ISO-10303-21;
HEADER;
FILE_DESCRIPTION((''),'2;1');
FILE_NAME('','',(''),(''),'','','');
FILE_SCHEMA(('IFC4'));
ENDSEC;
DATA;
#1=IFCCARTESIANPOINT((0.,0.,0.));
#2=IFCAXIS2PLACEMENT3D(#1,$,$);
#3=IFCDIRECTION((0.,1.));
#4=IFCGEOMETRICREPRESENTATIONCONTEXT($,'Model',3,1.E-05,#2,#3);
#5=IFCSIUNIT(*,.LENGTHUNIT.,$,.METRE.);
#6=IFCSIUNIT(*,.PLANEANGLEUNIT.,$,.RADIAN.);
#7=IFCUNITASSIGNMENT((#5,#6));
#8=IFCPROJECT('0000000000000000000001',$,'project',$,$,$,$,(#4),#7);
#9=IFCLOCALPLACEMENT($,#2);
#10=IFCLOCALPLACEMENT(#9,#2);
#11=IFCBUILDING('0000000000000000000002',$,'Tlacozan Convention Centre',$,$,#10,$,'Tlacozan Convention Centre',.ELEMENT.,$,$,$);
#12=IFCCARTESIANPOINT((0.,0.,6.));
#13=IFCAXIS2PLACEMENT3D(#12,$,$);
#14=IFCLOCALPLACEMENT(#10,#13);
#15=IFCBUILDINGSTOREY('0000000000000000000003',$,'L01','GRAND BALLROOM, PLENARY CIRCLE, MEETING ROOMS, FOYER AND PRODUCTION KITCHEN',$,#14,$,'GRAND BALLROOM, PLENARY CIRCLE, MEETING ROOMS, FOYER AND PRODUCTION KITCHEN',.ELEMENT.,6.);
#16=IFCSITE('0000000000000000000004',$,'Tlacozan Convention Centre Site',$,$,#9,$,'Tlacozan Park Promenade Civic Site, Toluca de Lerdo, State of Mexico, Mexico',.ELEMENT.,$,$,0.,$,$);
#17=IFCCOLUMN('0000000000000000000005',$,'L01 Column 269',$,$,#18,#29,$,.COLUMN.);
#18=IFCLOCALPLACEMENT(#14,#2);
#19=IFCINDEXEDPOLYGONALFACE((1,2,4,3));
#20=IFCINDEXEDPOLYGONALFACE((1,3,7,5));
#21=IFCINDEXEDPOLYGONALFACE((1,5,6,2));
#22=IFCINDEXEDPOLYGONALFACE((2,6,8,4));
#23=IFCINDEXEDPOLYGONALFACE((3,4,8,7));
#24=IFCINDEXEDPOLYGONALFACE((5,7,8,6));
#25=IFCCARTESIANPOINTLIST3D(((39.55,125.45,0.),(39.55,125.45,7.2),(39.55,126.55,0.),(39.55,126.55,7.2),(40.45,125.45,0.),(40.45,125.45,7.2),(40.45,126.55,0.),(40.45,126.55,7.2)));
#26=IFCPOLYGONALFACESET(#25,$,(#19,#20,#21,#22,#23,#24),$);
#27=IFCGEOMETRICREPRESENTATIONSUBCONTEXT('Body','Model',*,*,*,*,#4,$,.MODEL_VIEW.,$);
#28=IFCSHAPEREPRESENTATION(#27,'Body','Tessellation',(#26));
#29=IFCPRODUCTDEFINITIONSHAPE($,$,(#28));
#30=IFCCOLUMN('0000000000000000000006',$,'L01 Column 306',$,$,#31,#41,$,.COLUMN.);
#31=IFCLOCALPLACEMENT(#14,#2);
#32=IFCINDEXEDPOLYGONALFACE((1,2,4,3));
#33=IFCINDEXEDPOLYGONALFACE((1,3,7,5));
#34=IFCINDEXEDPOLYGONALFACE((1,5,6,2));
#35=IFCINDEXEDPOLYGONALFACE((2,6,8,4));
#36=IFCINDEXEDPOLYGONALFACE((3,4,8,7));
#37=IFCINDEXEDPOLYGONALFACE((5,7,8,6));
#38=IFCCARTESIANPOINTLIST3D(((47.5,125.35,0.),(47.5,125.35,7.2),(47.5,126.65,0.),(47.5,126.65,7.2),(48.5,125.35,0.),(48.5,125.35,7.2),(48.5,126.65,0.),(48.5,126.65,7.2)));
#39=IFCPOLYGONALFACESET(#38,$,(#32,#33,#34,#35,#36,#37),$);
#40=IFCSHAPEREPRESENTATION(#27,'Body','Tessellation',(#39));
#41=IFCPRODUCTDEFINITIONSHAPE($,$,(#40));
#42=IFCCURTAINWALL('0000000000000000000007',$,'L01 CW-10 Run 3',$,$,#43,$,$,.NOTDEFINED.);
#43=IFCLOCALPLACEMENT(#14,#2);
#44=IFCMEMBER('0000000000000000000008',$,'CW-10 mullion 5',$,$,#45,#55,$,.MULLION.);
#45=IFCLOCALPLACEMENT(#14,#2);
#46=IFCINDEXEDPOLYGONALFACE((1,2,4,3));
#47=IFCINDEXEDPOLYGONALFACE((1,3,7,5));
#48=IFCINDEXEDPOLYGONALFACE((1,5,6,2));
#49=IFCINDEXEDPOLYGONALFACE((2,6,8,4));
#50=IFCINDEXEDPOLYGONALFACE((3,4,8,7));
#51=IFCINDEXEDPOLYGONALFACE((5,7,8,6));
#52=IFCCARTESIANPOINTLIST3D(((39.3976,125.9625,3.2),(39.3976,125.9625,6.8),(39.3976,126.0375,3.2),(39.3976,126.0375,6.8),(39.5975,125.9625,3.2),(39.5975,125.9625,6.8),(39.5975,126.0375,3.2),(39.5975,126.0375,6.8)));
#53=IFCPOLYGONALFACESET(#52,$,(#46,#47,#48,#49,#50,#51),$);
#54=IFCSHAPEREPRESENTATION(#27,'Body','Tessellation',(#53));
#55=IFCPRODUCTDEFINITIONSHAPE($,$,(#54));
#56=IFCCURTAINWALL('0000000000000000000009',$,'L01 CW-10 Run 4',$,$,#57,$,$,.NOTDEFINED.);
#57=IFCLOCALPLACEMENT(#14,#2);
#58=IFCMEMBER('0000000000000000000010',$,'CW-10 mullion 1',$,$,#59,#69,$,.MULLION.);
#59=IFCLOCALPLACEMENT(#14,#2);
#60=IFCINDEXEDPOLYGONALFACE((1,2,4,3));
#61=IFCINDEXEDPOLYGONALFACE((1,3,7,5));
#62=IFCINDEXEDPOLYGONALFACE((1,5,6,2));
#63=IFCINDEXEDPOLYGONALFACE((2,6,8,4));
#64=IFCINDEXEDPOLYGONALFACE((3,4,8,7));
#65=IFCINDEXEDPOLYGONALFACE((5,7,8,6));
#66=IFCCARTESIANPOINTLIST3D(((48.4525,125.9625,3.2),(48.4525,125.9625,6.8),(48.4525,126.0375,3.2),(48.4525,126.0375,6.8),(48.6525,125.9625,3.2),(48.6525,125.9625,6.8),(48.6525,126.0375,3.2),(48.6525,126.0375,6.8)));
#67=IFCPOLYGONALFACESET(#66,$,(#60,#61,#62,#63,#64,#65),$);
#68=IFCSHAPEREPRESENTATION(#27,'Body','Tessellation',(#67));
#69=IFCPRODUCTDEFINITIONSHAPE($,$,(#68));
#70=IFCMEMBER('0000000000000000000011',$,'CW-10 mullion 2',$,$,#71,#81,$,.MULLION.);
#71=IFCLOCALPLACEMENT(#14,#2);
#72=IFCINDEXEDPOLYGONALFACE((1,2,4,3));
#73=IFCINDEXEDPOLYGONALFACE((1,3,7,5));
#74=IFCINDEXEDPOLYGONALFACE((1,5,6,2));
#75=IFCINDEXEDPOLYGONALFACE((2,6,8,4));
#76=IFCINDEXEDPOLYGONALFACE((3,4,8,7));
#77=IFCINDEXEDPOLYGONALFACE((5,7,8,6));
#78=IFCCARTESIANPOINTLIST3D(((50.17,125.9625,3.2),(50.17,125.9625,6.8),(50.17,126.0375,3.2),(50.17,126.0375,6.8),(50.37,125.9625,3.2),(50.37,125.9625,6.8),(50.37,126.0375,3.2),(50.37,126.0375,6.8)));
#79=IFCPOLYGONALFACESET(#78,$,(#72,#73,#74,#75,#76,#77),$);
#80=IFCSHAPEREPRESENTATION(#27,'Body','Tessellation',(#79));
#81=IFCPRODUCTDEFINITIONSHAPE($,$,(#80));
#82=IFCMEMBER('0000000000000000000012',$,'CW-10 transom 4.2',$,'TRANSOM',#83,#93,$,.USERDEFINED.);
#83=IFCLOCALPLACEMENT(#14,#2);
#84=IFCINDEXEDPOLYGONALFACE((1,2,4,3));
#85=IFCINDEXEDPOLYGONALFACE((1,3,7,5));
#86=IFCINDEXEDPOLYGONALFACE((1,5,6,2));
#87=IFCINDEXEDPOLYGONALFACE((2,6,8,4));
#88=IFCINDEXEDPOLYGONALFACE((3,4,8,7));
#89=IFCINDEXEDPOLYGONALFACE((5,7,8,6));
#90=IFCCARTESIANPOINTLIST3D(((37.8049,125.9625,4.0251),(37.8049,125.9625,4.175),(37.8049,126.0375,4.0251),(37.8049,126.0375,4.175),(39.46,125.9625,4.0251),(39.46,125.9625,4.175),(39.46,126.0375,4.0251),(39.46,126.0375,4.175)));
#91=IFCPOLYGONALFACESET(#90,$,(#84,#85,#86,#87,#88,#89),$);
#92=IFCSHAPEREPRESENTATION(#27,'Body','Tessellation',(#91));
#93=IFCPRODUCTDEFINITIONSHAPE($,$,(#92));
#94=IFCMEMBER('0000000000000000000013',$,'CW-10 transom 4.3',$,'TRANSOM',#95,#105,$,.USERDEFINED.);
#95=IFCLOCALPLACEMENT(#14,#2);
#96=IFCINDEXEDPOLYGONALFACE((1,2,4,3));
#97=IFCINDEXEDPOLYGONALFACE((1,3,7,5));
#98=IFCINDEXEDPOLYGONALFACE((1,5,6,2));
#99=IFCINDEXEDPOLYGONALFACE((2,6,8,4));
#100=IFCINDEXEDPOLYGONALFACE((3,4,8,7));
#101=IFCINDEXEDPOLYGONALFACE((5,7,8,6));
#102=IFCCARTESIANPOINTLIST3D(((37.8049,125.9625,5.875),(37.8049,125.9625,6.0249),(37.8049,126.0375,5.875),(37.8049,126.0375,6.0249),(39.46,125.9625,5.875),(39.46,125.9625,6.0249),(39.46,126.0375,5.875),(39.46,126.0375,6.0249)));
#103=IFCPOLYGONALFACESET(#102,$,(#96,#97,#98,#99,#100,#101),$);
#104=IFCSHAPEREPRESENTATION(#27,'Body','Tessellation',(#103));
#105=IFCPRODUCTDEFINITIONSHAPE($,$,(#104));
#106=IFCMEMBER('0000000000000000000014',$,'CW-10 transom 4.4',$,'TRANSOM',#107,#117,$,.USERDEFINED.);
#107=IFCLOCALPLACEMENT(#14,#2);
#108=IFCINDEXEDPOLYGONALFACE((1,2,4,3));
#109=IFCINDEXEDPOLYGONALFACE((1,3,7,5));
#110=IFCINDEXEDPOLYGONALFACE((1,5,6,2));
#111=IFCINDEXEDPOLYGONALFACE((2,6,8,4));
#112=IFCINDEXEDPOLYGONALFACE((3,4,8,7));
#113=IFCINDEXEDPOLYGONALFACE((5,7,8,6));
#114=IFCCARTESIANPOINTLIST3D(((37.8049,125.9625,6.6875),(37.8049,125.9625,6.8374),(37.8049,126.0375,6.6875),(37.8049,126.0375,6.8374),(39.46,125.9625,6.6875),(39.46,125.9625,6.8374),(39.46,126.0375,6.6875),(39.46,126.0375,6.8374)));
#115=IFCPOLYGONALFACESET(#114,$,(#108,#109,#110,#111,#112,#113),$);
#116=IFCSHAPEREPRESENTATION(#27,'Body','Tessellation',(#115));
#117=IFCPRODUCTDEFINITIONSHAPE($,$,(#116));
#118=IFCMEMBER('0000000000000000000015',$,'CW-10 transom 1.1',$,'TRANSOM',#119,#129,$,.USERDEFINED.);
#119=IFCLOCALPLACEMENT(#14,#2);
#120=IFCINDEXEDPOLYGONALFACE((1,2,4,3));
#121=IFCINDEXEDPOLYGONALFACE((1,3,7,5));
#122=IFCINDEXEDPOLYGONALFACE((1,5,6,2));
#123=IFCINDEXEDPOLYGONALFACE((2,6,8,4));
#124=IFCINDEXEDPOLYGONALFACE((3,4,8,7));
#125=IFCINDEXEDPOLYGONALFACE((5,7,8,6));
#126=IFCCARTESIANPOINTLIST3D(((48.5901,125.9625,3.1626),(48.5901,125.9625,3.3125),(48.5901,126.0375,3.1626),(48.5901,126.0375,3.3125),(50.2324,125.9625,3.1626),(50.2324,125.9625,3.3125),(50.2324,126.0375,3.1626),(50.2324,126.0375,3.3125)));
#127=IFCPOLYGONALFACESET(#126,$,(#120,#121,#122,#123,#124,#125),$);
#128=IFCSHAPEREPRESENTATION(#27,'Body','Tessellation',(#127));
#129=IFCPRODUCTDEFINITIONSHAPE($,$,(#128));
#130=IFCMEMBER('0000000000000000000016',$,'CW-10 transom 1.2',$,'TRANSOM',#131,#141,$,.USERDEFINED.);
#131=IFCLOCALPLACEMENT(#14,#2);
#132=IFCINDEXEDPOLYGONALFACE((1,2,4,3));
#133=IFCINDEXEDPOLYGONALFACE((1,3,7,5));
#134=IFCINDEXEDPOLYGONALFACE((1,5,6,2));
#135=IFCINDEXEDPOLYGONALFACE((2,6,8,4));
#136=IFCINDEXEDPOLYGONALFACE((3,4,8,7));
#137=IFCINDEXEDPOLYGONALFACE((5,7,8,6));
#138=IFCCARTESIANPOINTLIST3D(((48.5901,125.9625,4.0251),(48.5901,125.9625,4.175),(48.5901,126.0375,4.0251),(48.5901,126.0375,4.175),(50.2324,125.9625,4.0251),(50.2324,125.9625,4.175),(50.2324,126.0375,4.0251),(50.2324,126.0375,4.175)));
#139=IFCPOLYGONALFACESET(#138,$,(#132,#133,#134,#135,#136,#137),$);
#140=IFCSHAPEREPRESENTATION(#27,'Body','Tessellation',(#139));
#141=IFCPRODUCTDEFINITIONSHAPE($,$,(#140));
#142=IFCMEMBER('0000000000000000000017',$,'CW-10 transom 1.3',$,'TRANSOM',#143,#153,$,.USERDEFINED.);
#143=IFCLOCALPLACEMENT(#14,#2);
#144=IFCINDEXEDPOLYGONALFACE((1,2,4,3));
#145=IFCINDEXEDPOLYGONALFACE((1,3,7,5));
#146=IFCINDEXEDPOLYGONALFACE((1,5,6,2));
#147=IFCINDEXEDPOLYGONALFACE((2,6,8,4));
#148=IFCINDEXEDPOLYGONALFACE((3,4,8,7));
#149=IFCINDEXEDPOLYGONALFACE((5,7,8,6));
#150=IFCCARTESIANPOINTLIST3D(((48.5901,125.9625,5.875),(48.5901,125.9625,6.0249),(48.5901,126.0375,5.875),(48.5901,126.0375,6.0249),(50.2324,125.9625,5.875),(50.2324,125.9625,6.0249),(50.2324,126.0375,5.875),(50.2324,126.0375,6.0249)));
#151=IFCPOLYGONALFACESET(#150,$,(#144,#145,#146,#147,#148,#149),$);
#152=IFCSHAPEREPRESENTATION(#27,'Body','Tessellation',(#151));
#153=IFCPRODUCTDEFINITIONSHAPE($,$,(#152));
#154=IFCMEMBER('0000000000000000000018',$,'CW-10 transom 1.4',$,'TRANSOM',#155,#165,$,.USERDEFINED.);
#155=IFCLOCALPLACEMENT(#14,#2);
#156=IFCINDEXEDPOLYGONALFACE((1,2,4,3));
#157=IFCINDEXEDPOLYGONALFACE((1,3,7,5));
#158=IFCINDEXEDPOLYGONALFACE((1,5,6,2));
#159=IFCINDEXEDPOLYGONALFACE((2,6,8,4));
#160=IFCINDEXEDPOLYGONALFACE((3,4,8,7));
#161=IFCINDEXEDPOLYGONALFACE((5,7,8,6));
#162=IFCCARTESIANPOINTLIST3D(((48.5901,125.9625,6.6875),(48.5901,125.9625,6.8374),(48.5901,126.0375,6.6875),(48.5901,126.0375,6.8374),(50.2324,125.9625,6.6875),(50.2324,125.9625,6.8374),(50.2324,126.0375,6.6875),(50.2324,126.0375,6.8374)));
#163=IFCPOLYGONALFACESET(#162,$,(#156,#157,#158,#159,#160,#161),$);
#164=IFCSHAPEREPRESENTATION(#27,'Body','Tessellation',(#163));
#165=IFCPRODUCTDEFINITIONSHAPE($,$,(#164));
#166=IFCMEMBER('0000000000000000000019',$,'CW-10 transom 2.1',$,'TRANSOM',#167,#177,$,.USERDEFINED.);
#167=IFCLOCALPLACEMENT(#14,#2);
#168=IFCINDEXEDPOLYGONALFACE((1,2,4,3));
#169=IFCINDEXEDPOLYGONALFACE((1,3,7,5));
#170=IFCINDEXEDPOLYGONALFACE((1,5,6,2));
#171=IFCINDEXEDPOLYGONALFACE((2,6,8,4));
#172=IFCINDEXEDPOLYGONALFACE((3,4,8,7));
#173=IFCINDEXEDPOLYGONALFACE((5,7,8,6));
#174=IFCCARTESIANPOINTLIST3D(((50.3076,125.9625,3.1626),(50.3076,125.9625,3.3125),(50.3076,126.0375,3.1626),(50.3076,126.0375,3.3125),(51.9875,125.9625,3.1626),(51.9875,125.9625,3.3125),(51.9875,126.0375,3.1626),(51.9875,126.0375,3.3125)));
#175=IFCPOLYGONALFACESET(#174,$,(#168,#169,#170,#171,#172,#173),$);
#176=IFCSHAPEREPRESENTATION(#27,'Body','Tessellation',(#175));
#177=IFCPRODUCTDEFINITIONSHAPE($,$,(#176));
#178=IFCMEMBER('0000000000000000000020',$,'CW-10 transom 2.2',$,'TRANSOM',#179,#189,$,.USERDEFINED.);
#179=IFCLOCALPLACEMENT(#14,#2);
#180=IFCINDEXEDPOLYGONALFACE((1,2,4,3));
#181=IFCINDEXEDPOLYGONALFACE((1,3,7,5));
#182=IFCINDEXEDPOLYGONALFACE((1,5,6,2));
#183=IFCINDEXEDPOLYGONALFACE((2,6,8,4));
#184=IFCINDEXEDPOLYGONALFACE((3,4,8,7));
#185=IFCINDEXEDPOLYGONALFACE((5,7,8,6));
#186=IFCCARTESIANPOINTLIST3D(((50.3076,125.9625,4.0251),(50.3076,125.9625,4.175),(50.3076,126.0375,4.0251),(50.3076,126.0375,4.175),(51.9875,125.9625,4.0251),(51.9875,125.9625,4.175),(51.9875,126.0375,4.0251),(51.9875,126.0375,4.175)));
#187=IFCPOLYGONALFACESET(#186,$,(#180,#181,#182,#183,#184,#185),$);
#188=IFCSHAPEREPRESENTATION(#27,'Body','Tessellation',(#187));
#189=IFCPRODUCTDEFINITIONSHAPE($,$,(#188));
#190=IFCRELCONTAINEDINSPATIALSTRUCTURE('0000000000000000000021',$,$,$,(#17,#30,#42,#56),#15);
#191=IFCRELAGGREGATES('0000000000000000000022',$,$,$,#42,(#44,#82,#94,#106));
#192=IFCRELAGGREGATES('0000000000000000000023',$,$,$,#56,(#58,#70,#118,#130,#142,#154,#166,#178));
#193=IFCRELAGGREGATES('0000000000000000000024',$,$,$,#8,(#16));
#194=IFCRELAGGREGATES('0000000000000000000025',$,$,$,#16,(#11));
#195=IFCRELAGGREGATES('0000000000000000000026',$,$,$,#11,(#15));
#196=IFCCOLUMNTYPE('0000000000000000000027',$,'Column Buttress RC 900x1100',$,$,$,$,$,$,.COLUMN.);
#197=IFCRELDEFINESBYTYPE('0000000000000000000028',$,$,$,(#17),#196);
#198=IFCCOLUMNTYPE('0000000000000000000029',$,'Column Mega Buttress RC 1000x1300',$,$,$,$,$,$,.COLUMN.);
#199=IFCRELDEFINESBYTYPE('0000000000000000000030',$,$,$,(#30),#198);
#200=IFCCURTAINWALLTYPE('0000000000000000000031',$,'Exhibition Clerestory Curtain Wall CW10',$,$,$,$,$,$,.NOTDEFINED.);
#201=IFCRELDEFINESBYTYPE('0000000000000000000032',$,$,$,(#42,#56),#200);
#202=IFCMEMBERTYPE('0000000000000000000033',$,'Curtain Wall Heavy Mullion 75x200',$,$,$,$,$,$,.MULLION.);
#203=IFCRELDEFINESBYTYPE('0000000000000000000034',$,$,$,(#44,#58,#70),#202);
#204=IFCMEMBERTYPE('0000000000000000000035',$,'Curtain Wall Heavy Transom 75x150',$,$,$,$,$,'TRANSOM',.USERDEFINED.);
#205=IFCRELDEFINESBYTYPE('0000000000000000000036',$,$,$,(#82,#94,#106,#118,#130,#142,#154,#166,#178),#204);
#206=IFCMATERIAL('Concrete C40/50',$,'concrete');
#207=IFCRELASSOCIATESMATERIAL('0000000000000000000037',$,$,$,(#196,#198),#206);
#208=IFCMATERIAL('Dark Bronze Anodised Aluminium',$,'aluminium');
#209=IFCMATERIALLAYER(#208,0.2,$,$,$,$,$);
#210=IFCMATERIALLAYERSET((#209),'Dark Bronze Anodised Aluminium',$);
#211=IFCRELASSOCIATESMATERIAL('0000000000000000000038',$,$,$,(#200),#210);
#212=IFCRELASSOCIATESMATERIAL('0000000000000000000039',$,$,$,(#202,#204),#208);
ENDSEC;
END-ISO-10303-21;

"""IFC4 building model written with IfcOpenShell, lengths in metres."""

from ifc_helpers import new_model, si_unit, direction, frame, origin, origin_2d, place, context, subcontext, project, spatial, rectangle, extrude, material, layer, layer_set, material_profile, profile_set, type_object, element, aggregate, save


model = new_model("IFC4")

# Units and contexts
model_context = context("Model", 3, precision=1e-05, world=origin(), true_north=direction((0.0, 1.0)))
body_context = subcontext(model_context, "Body", "Model", "MODEL_VIEW")
ifc_project = project(units=[si_unit("LENGTHUNIT", "METRE"), si_unit("PLANEANGLEUNIT", "RADIAN")], contexts=[model_context])

# Site, building, storey
site_placement = place(None, origin())
site = spatial("IfcSite", under=ifc_project, at=site_placement, Name="Tlacozan Convention Centre Site", LongName="Tlacozan Park Promenade Civic Site, Toluca de Lerdo, State of Mexico, Mexico", CompositionType="ELEMENT", RefElevation=0.0)
building_placement = place(site_placement, origin())
building = spatial("IfcBuilding", under=site, at=building_placement, Name="Tlacozan Convention Centre", LongName="Tlacozan Convention Centre", CompositionType="ELEMENT")
storey_placement = place(building_placement, frame((0.0, 0.0, 6.0)))
storey = spatial("IfcBuildingStorey", under=building, at=storey_placement, Name="L01", Description="GRAND BALLROOM, PLENARY CIRCLE, MEETING ROOMS, FOYER AND PRODUCTION KITCHEN", LongName="GRAND BALLROOM, PLENARY CIRCLE, MEETING ROOMS, FOYER AND PRODUCTION KITCHEN", CompositionType="ELEMENT", Elevation=6.0)

# Columns
ifc_material_1 = material(Name="Concrete C40/50", Category="concrete")
ifc_material_profile_1 = material_profile(ifc_material_1, rectangle(XDim=0.8999, YDim=1.1001, at=origin_2d()), Name="RC 900x1100")
ifc_profile_set_1 = profile_set([ifc_material_profile_1], Name="Concrete C40/50")
column_type_1 = type_object("IfcColumnType", Name="Column Buttress RC 900x1100", PredefinedType="COLUMN", material=ifc_profile_set_1)
column_1_placement = place(storey_placement, frame((40.0, 126.0, 0.0), z_axis=(0.0, 0.0, 1.0), x_axis=(1.0, 0.0, 0.0)))
element("IfcColumn", 1, at=column_1_placement, inside=storey, type_object=column_type_1, Name="L01 Column 269", PredefinedType="COLUMN", context=body_context, shape_type="SweptSolid", body=[
    extrude(rectangle(XDim=0.8999, YDim=1.1001, at=origin_2d()), origin(), (0.0, 0.0, 1.0), 7.2),
])
ifc_material_profile_2 = material_profile(ifc_material_1, rectangle(XDim=1.0, YDim=1.3, at=origin_2d()), Name="RC 1000x1300")
ifc_profile_set_2 = profile_set([ifc_material_profile_2], Name="Concrete C40/50")
column_type_2 = type_object("IfcColumnType", Name="Column Mega Buttress RC 1000x1300", PredefinedType="COLUMN", material=ifc_profile_set_2)
column_2_placement = place(storey_placement, frame((48.0, 126.0, 0.0), z_axis=(0.0, 0.0, 1.0), x_axis=(1.0, 0.0, 0.0)))
element("IfcColumn", 2, at=column_2_placement, inside=storey, type_object=column_type_2, Name="L01 Column 306", PredefinedType="COLUMN", context=body_context, shape_type="SweptSolid", body=[
    extrude(rectangle(XDim=1.0, YDim=1.3, at=origin_2d()), origin(), (0.0, 0.0, 1.0), 7.2),
])

# Curtain wall, member
ifc_material_2 = material(Name="Dark Bronze Anodised Aluminium", Category="aluminium")
ifc_layer_1 = layer(ifc_material_2, 0.2)
ifc_layer_set_1 = layer_set([ifc_layer_1], Name="Dark Bronze Anodised Aluminium")
curtain_wall_type = type_object("IfcCurtainWallType", Name="Exhibition Clerestory Curtain Wall CW10", PredefinedType="NOTDEFINED", material=ifc_layer_set_1)
curtain_wall_1_placement = place(storey_placement, origin())
curtain_wall_1 = element("IfcCurtainWall", 3, at=curtain_wall_1_placement, inside=storey, type_object=curtain_wall_type, Name="L01 CW-10 Run 3", PredefinedType="NOTDEFINED")
ifc_material_profile_3 = material_profile(ifc_material_2, rectangle(XDim=0.075, YDim=0.2, at=origin_2d()), Name="ALU 75x200")
ifc_profile_set_3 = profile_set([ifc_material_profile_3], Name="Dark Bronze Anodised Aluminium")
member_type_1 = type_object("IfcMemberType", Name="Curtain Wall Heavy Mullion 75x200", PredefinedType="MULLION", material=ifc_profile_set_3)
member_1_placement = place(storey_placement, frame((39.4976, 126.0, 3.2), z_axis=(0.0, 0.0, 1.0), x_axis=(0.0, 1.0, 0.0)))
member_1 = element("IfcMember", 4, at=member_1_placement, type_object=member_type_1, Name="CW-10 mullion 5", PredefinedType="MULLION", context=body_context, shape_type="SweptSolid", body=[
    extrude(rectangle(XDim=0.075, YDim=0.2, at=origin_2d()), origin(), (0.0, 0.0, 1.0), 3.6001),
])

# Curtain wall, members
curtain_wall_2_placement = place(storey_placement, origin())
curtain_wall_2 = element("IfcCurtainWall", 5, at=curtain_wall_2_placement, inside=storey, type_object=curtain_wall_type, Name="L01 CW-10 Run 4", PredefinedType="NOTDEFINED")
member_2_placement = place(storey_placement, frame((48.5525, 126.0, 3.2), z_axis=(0.0, 0.0, 1.0), x_axis=(0.0, 1.0, 0.0)))
member_2 = element("IfcMember", 6, at=member_2_placement, type_object=member_type_1, Name="CW-10 mullion 1", PredefinedType="MULLION", context=body_context, shape_type="SweptSolid", body=[
    extrude(rectangle(XDim=0.075, YDim=0.2, at=origin_2d()), origin(), (0.0, 0.0, 1.0), 3.6001),
])
member_3_placement = place(storey_placement, frame((50.27, 126.0, 3.2), z_axis=(0.0, 0.0, 1.0), x_axis=(0.0, 1.0, 0.0)))
member_3 = element("IfcMember", 7, at=member_3_placement, type_object=member_type_1, Name="CW-10 mullion 2", PredefinedType="MULLION", context=body_context, shape_type="SweptSolid", body=[
    extrude(rectangle(XDim=0.075, YDim=0.2, at=origin_2d()), origin(), (0.0, 0.0, 1.0), 3.6001),
])

# Members
ifc_material_profile_4 = material_profile(ifc_material_2, rectangle(XDim=0.075, YDim=0.1499, at=origin_2d()), Name="ALU 75x150")
ifc_profile_set_4 = profile_set([ifc_material_profile_4], Name="Dark Bronze Anodised Aluminium")
member_type_2 = type_object("IfcMemberType", Name="Curtain Wall Heavy Transom 75x150", ElementType="TRANSOM", PredefinedType="USERDEFINED", material=ifc_profile_set_4)
member_4_placement = place(storey_placement, frame((37.8049, 126.0, 4.1001), z_axis=(1.0, 0.0, 0.0), x_axis=(0.0, 1.0, 0.0)))
member_4 = element("IfcMember", 8, at=member_4_placement, type_object=member_type_2, Name="CW-10 transom 4.2", ObjectType="TRANSOM", PredefinedType="USERDEFINED", context=body_context, shape_type="SweptSolid", body=[
    extrude(rectangle(XDim=0.075, YDim=0.1499, at=origin_2d()), origin(), (0.0, 0.0, 1.0), 1.655),
])
member_5_placement = place(storey_placement, frame((37.8049, 126.0, 5.95), z_axis=(1.0, 0.0, 0.0), x_axis=(0.0, 1.0, 0.0)))
member_5 = element("IfcMember", 9, at=member_5_placement, type_object=member_type_2, Name="CW-10 transom 4.3", ObjectType="TRANSOM", PredefinedType="USERDEFINED", context=body_context, shape_type="SweptSolid", body=[
    extrude(rectangle(XDim=0.075, YDim=0.1499, at=origin_2d()), origin(), (0.0, 0.0, 1.0), 1.655),
])
member_6_placement = place(storey_placement, frame((37.8049, 126.0, 6.7625), z_axis=(1.0, 0.0, 0.0), x_axis=(0.0, 1.0, 0.0)))
member_6 = element("IfcMember", 10, at=member_6_placement, type_object=member_type_2, Name="CW-10 transom 4.4", ObjectType="TRANSOM", PredefinedType="USERDEFINED", context=body_context, shape_type="SweptSolid", body=[
    extrude(rectangle(XDim=0.075, YDim=0.1499, at=origin_2d()), origin(), (0.0, 0.0, 1.0), 1.655),
])
member_7_placement = place(storey_placement, frame((48.5901, 126.0, 3.2375), z_axis=(1.0, 0.0, 0.0), x_axis=(0.0, 1.0, 0.0)))
member_7 = element("IfcMember", 11, at=member_7_placement, type_object=member_type_2, Name="CW-10 transom 1.1", ObjectType="TRANSOM", PredefinedType="USERDEFINED", context=body_context, shape_type="SweptSolid", body=[
    extrude(rectangle(XDim=0.075, YDim=0.1499, at=origin_2d()), origin(), (0.0, 0.0, 1.0), 1.6423),
])
member_8_placement = place(storey_placement, frame((48.5901, 126.0, 4.1001), z_axis=(1.0, 0.0, 0.0), x_axis=(0.0, 1.0, 0.0)))
member_8 = element("IfcMember", 12, at=member_8_placement, type_object=member_type_2, Name="CW-10 transom 1.2", ObjectType="TRANSOM", PredefinedType="USERDEFINED", context=body_context, shape_type="SweptSolid", body=[
    extrude(rectangle(XDim=0.075, YDim=0.1499, at=origin_2d()), origin(), (0.0, 0.0, 1.0), 1.6423),
])
member_9_placement = place(storey_placement, frame((48.5901, 126.0, 5.95), z_axis=(1.0, 0.0, 0.0), x_axis=(0.0, 1.0, 0.0)))
member_9 = element("IfcMember", 13, at=member_9_placement, type_object=member_type_2, Name="CW-10 transom 1.3", ObjectType="TRANSOM", PredefinedType="USERDEFINED", context=body_context, shape_type="SweptSolid", body=[
    extrude(rectangle(XDim=0.075, YDim=0.1499, at=origin_2d()), origin(), (0.0, 0.0, 1.0), 1.6423),
])
member_10_placement = place(storey_placement, frame((48.5901, 126.0, 6.7625), z_axis=(1.0, 0.0, 0.0), x_axis=(0.0, 1.0, 0.0)))
member_10 = element("IfcMember", 14, at=member_10_placement, type_object=member_type_2, Name="CW-10 transom 1.4", ObjectType="TRANSOM", PredefinedType="USERDEFINED", context=body_context, shape_type="SweptSolid", body=[
    extrude(rectangle(XDim=0.075, YDim=0.1499, at=origin_2d()), origin(), (0.0, 0.0, 1.0), 1.6423),
])
member_11_placement = place(storey_placement, frame((50.3076, 126.0, 3.2375), z_axis=(1.0, 0.0, 0.0), x_axis=(0.0, 1.0, 0.0)))
member_11 = element("IfcMember", 15, at=member_11_placement, type_object=member_type_2, Name="CW-10 transom 2.1", ObjectType="TRANSOM", PredefinedType="USERDEFINED", context=body_context, shape_type="SweptSolid", body=[
    extrude(rectangle(XDim=0.075, YDim=0.1499, at=origin_2d()), origin(), (0.0, 0.0, 1.0), 1.6799),
])
member_12_placement = place(storey_placement, frame((50.3076, 126.0, 4.1001), z_axis=(1.0, 0.0, 0.0), x_axis=(0.0, 1.0, 0.0)))
member_12 = element("IfcMember", 16, at=member_12_placement, type_object=member_type_2, Name="CW-10 transom 2.2", ObjectType="TRANSOM", PredefinedType="USERDEFINED", context=body_context, shape_type="SweptSolid", body=[
    extrude(rectangle(XDim=0.075, YDim=0.1499, at=origin_2d()), origin(), (0.0, 0.0, 1.0), 1.6799),
])

aggregate(curtain_wall_1, [member_1, member_4, member_5, member_6])
aggregate(curtain_wall_2, [member_2, member_3, member_7, member_8, member_9, member_10, member_11, member_12])

save(model, "model.ifc")
